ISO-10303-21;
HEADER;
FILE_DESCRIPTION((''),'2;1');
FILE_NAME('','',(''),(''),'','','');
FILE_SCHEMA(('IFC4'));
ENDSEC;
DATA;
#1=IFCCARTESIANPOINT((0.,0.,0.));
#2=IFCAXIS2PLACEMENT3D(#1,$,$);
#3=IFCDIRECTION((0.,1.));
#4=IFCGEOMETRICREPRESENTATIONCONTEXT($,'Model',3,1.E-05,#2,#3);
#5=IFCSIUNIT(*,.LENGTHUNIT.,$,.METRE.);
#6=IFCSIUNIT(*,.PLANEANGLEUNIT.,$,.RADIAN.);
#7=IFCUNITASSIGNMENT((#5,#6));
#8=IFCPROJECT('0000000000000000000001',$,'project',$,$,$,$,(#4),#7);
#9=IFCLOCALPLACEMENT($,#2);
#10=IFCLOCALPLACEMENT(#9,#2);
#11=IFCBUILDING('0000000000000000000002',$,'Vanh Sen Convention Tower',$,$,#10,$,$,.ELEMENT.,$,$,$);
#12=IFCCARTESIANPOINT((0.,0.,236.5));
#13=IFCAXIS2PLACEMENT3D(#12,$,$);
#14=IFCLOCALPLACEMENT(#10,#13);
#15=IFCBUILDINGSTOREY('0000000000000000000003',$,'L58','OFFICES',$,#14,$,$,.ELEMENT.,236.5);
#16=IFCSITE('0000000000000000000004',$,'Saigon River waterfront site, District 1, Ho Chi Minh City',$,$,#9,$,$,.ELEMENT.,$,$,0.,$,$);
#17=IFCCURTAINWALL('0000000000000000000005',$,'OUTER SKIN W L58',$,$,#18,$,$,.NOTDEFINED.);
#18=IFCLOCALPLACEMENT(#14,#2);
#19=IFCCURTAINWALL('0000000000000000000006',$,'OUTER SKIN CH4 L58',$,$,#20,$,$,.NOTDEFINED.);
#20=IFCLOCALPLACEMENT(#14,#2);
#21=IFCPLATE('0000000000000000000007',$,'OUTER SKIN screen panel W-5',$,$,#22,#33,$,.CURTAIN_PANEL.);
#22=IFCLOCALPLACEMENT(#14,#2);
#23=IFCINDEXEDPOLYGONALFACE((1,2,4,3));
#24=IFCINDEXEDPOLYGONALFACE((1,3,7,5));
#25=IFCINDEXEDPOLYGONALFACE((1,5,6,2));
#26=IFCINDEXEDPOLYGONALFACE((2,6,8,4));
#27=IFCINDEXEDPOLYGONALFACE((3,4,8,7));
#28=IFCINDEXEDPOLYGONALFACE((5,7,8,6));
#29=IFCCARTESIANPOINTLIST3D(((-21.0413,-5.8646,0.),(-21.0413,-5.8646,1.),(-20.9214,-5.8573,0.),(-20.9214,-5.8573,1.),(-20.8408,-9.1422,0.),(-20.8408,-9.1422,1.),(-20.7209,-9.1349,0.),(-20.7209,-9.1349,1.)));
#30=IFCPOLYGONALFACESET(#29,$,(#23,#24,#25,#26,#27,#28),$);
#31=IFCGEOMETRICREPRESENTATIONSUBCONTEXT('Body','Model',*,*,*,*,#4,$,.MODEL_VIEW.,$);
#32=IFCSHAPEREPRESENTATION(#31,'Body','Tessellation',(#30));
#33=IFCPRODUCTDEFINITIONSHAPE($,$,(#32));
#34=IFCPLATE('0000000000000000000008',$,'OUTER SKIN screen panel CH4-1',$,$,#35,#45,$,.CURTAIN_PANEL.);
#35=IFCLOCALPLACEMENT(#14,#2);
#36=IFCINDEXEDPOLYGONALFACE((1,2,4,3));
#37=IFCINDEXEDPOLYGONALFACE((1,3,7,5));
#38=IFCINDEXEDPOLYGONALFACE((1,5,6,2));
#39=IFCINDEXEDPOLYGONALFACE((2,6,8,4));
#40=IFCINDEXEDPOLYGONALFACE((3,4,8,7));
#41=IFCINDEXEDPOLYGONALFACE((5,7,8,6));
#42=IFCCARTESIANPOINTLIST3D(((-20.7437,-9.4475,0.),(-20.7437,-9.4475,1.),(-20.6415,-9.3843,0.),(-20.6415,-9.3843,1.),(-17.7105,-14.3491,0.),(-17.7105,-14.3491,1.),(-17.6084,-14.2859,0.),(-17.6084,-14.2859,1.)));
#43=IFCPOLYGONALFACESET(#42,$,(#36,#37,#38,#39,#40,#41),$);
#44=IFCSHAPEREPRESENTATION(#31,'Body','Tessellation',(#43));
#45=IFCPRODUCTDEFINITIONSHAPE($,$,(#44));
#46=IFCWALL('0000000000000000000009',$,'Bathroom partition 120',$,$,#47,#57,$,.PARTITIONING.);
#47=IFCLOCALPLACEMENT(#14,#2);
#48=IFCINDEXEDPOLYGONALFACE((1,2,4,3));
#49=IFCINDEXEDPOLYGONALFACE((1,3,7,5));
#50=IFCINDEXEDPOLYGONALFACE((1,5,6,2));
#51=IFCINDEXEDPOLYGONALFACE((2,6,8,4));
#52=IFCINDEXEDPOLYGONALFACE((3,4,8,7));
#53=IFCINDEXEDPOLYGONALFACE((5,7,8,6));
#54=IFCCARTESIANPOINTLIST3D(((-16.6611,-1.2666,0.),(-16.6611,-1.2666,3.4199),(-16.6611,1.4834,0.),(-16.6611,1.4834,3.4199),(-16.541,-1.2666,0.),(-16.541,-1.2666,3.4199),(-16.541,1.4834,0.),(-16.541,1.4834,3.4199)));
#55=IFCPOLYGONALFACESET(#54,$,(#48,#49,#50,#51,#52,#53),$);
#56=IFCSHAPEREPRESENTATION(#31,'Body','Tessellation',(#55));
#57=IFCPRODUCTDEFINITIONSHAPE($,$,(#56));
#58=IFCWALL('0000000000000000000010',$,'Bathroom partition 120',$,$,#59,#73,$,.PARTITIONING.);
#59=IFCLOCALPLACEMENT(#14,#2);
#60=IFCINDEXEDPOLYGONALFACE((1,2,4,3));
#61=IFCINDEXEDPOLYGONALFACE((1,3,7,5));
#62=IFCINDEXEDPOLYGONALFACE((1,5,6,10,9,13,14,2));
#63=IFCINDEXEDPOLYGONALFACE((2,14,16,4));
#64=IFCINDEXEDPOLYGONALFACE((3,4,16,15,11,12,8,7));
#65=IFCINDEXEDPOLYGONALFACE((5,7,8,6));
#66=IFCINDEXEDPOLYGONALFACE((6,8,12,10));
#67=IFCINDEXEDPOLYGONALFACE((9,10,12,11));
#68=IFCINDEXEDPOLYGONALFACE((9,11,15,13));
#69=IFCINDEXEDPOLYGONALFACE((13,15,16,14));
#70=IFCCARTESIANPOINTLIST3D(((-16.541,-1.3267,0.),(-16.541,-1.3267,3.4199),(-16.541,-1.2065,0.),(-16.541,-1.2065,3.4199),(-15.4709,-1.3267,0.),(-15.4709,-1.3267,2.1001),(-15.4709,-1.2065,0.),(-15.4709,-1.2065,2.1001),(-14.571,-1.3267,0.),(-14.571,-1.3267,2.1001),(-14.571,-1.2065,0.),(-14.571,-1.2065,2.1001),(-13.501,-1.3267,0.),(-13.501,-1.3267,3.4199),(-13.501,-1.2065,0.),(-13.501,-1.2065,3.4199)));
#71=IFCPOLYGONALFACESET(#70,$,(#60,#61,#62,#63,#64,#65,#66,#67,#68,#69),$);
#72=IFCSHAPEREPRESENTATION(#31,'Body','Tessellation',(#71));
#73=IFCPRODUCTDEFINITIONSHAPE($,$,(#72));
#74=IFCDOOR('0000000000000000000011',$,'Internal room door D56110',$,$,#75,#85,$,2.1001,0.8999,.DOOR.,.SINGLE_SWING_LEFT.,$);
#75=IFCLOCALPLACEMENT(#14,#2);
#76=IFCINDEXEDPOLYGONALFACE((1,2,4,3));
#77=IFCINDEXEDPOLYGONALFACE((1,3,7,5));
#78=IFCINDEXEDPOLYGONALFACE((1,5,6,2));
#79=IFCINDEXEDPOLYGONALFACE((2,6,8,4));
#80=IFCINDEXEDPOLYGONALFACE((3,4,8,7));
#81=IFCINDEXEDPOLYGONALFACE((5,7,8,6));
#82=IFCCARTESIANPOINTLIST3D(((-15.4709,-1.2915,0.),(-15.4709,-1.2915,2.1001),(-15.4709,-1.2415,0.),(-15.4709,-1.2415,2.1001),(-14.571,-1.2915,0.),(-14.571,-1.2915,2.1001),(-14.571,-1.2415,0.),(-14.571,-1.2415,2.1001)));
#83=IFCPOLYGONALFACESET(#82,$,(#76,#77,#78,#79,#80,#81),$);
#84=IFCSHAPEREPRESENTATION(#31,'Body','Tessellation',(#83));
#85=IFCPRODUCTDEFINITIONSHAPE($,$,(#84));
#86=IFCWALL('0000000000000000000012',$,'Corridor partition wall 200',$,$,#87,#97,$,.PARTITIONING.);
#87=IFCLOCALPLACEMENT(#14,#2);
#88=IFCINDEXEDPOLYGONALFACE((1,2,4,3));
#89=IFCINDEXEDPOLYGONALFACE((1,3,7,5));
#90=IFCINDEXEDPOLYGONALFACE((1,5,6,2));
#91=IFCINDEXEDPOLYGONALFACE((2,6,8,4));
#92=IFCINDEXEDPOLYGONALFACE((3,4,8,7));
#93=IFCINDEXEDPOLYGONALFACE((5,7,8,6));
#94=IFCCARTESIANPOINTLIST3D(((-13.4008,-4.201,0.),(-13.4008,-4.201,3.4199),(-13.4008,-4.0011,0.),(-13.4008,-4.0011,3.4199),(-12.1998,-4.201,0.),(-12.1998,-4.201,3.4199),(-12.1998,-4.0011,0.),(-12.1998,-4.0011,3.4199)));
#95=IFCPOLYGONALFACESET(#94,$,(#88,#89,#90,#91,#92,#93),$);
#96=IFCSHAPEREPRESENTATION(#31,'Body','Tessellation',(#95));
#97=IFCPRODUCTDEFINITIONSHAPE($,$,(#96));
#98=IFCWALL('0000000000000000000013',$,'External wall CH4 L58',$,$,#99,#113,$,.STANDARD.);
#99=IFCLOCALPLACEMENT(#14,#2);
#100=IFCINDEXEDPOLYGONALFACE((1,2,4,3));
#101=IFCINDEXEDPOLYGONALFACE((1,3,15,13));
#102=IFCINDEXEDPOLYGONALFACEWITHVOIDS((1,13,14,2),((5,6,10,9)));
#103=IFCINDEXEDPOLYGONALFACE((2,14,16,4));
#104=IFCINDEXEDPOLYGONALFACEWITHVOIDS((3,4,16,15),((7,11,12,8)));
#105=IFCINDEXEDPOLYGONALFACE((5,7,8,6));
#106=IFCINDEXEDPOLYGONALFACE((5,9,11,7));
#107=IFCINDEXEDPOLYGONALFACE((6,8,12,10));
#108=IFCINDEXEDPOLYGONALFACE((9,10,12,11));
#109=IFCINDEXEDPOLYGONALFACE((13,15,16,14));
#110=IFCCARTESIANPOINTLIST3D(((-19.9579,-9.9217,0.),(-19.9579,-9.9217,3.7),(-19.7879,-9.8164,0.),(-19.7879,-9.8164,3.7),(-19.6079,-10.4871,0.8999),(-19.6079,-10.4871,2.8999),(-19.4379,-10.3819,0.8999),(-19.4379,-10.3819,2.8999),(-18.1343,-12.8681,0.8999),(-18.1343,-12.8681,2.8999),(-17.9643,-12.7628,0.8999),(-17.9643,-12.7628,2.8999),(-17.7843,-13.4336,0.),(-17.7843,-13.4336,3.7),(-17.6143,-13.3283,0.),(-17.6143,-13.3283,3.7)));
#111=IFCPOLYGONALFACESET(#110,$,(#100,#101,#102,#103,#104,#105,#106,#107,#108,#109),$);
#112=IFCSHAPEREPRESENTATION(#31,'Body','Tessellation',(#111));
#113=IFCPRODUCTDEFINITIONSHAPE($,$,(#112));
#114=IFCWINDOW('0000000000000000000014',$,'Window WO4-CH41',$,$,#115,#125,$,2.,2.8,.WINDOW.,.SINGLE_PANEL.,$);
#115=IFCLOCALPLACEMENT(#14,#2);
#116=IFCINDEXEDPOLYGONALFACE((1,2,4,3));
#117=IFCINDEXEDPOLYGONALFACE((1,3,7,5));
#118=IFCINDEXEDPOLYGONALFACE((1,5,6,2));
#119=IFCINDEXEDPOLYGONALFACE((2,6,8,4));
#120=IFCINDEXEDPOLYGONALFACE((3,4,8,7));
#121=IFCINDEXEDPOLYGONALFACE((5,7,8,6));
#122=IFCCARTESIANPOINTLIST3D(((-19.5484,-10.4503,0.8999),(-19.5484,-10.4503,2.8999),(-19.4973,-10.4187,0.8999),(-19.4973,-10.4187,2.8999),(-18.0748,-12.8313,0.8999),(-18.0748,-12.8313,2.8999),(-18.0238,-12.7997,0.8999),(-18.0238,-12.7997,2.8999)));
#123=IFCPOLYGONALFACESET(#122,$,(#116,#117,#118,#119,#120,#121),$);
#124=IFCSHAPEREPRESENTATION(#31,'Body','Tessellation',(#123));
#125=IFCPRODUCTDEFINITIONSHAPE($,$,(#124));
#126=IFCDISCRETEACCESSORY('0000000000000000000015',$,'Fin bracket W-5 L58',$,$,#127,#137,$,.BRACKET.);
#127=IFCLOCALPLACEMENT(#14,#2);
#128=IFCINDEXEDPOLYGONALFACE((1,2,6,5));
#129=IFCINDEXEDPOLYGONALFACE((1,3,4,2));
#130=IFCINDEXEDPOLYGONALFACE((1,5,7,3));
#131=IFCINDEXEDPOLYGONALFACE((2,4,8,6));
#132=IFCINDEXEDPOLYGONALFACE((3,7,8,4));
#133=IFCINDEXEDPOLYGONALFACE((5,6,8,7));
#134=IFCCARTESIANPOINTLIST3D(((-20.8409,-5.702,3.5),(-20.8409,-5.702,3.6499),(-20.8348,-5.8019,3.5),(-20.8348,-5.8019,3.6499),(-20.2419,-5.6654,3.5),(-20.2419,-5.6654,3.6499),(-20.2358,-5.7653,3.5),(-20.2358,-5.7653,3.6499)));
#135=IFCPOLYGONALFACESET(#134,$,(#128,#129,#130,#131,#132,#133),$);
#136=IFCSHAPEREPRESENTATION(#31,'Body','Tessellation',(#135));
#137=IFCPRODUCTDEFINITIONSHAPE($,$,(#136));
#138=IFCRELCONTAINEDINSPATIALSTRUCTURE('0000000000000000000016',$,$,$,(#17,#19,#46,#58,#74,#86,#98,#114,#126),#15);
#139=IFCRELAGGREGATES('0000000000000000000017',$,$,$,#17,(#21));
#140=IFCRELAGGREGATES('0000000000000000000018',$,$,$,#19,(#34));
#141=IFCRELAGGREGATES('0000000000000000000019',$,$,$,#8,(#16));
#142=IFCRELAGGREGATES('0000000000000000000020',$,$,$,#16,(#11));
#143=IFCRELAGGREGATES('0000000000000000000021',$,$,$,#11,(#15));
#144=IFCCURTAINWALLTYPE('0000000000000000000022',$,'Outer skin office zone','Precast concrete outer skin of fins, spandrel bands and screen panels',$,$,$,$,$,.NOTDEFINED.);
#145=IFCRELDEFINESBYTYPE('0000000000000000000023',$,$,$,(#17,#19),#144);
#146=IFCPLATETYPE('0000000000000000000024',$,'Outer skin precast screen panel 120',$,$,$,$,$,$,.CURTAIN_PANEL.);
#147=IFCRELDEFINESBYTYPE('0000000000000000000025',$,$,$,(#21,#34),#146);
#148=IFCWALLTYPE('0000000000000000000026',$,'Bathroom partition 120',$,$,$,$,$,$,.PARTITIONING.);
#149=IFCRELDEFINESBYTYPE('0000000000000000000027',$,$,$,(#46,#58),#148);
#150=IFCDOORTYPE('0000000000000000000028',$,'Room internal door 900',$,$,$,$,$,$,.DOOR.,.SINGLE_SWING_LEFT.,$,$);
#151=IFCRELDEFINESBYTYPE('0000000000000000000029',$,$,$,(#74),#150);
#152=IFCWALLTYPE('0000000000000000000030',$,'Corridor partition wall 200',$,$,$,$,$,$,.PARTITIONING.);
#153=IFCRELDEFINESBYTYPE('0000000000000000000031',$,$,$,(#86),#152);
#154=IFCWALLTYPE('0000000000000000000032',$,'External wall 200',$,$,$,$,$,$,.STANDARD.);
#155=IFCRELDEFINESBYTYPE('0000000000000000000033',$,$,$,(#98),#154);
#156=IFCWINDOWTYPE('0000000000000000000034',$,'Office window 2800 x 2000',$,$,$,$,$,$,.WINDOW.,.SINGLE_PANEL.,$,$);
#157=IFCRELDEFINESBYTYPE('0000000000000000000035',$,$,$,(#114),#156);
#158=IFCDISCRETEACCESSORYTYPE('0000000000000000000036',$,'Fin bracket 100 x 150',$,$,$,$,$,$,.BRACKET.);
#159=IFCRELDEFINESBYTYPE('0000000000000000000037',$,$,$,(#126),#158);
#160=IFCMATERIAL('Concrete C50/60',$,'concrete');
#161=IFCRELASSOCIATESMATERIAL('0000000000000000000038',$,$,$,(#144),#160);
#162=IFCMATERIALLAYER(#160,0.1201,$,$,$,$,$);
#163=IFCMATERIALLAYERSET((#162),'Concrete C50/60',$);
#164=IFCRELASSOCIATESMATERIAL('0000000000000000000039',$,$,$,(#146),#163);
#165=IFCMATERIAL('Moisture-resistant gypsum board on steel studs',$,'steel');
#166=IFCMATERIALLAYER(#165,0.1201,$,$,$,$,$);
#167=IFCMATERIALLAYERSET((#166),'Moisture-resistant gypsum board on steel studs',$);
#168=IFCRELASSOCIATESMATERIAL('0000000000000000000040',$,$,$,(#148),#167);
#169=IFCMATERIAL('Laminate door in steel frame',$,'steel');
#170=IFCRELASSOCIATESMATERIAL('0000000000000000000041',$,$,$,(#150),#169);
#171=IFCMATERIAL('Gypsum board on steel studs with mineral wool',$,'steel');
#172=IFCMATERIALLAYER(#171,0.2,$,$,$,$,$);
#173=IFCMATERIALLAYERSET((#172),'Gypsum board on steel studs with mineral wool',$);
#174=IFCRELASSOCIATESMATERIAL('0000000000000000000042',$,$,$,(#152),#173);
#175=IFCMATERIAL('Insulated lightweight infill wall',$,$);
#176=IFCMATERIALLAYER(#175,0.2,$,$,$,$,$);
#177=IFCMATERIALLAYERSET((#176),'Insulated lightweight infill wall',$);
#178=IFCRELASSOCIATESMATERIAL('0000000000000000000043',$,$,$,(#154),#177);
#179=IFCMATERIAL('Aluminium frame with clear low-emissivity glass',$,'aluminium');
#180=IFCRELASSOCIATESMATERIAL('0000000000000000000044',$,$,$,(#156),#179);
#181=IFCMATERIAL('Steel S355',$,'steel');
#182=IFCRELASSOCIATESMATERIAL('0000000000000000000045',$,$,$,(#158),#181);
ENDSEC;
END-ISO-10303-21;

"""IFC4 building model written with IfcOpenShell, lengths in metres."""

from ifc_helpers import new_model, si_unit, direction, frame, frame_2d, origin, origin_2d, place, context, subcontext, project, spatial, rectangle, extrude, material, layer, layer_set, type_object, element, fill, aggregate, save


model = new_model("IFC4")

# Units and contexts
model_context = context("Model", 3, precision=1e-05, world=origin(), true_north=direction((0.0, 1.0)))
body_context = subcontext(model_context, "Body", "Model", "MODEL_VIEW")
ifc_project = project(units=[si_unit("LENGTHUNIT", "METRE"), si_unit("PLANEANGLEUNIT", "RADIAN")], contexts=[model_context])

# Site, building, storey
site_placement = place(None, origin())
site = spatial("IfcSite", under=ifc_project, at=site_placement, Name="Saigon River waterfront site, District 1, Ho Chi Minh City", CompositionType="ELEMENT", RefElevation=0.0)
building_placement = place(site_placement, origin())
building = spatial("IfcBuilding", under=site, at=building_placement, Name="Vanh Sen Convention Tower", CompositionType="ELEMENT")
storey_placement = place(building_placement, frame((0.0, 0.0, 236.5)))
storey = spatial("IfcBuildingStorey", under=building, at=storey_placement, Name="L58", Description="OFFICES", CompositionType="ELEMENT", Elevation=236.5)

# Curtain wall
ifc_material_1 = material(Name="Concrete C50/60", Category="concrete")
curtain_wall_type = type_object("IfcCurtainWallType", Name="Outer skin office zone", Description="Precast concrete outer skin of fins, spandrel bands and screen panels", PredefinedType="NOTDEFINED", material=ifc_material_1)
curtain_wall_1_placement = place(storey_placement, origin())
curtain_wall_1 = element("IfcCurtainWall", 1, at=curtain_wall_1_placement, inside=storey, type_object=curtain_wall_type, Name="OUTER SKIN W L58", PredefinedType="NOTDEFINED")

# Curtain wall
curtain_wall_2_placement = place(storey_placement, origin())
curtain_wall_2 = element("IfcCurtainWall", 2, at=curtain_wall_2_placement, inside=storey, type_object=curtain_wall_type, Name="OUTER SKIN CH4 L58", PredefinedType="NOTDEFINED")

# Plates
ifc_layer_1 = layer(ifc_material_1, 0.1201)
ifc_layer_set_1 = layer_set([ifc_layer_1], Name="Concrete C50/60")
plate_type = type_object("IfcPlateType", Name="Outer skin precast screen panel 120", PredefinedType="CURTAIN_PANEL", material=ifc_layer_set_1)
plate_1_placement = place(storey_placement, frame((-20.8811, -7.4998, 0.0), z_axis=(0.0, 0.0, 1.0), x_axis=(0.061069, -0.998134, 0.0)))
plate_1 = element("IfcPlate", 3, at=plate_1_placement, type_object=plate_type, Name="OUTER SKIN screen panel W-5", PredefinedType="CURTAIN_PANEL", context=body_context, shape_type="SweptSolid", body=[
    extrude(rectangle(XDim=3.2837, YDim=0.1201, at=origin_2d()), origin(), (0.0, 0.0, 1.0), 1.0),
])
aggregate(curtain_wall_1, [plate_1])
plate_2_placement = place(storey_placement, frame((-19.176, -11.8667, 0.0), z_axis=(0.0, 0.0, 1.0), x_axis=(0.526215, -0.850351, 0.0)))
plate_2 = element("IfcPlate", 4, at=plate_2_placement, type_object=plate_type, Name="OUTER SKIN screen panel CH4-1", PredefinedType="CURTAIN_PANEL", context=body_context, shape_type="SweptSolid", body=[
    extrude(rectangle(XDim=5.7642, YDim=0.1201, at=origin_2d()), origin(), (0.0, 0.0, 1.0), 1.0),
])
aggregate(curtain_wall_2, [plate_2])

# Wall
ifc_material_2 = material(Name="Moisture-resistant gypsum board on steel studs", Category="steel")
ifc_layer_2 = layer(ifc_material_2, 0.1201)
ifc_layer_set_2 = layer_set([ifc_layer_2], Name="Moisture-resistant gypsum board on steel studs")
wall_type_1 = type_object("IfcWallType", Name="Bathroom partition 120", PredefinedType="PARTITIONING", material=ifc_layer_set_2)
wall_1_placement = place(storey_placement, frame((-16.6011, -1.2666, 0.0), z_axis=(0.0, 0.0, 1.0), x_axis=(0.0, 1.0, 0.0)))
element("IfcWall", 5, at=wall_1_placement, inside=storey, type_object=wall_type_1, Name="Bathroom partition 120", PredefinedType="PARTITIONING", context=body_context, shape_type="SweptSolid", body=[
    extrude(rectangle(XDim=2.75, YDim=0.1201, at=frame_2d((1.375, 0.0))), origin(), (0.0, 0.0, 1.0), 3.4199),
])

# Wall, opening, door
wall_2_placement = place(storey_placement, frame((-13.501, -1.2666, 0.0), z_axis=(0.0, 0.0, 1.0), x_axis=(-1.0, 0.0, 0.0)))
wall_2 = element("IfcWall", 6, at=wall_2_placement, inside=storey, type_object=wall_type_1, Name="Bathroom partition 120", PredefinedType="PARTITIONING", context=body_context, shape_type="SweptSolid", body=[
    extrude(rectangle(XDim=3.04, YDim=0.1201, at=frame_2d((1.52, 0.0))), origin(), (0.0, 0.0, 1.0), 3.4199),
])
opening_1_placement = place(wall_2_placement, frame((1.0701, 0.0, 0.0)))
opening_1 = element("IfcOpeningElement", 7, at=opening_1_placement, cuts=wall_2, PredefinedType="OPENING", context=body_context, shape_type="SweptSolid", body=[
    extrude(rectangle(XDim=0.8999, YDim=2.1001, at=frame_2d((0.45, 1.05))), frame((0.0, 0.0701, 0.0), z_axis=(0.0, -1.0, 0.0), x_axis=(1.0, 0.0, 0.0)), (0.0, 0.0, 1.0), 0.1401),
])
ifc_material_3 = material(Name="Laminate door in steel frame", Category="steel")
door_type = type_object("IfcDoorType", Name="Room internal door 900", OperationType="SINGLE_SWING_LEFT", PredefinedType="DOOR", material=ifc_material_3)
door_placement = place(opening_1_placement, origin())
door = element("IfcDoor", 8, at=door_placement, inside=storey, type_object=door_type, Name="Internal room door D56110", OperationType="SINGLE_SWING_LEFT", OverallHeight=2.1001, OverallWidth=0.8999, PredefinedType="DOOR", context=body_context, shape_type="SweptSolid", body=[
    extrude(rectangle(XDim=0.8999, YDim=2.1001, at=frame_2d((0.45, 1.05))), frame((0.0, 0.0249, 0.0), z_axis=(0.0, -1.0, 0.0), x_axis=(1.0, 0.0, 0.0)), (0.0, 0.0, 1.0), 0.05),
])
fill(opening_1, door)

# Wall
ifc_material_4 = material(Name="Gypsum board on steel studs with mineral wool", Category="steel")
ifc_layer_3 = layer(ifc_material_4, 0.2)
ifc_layer_set_3 = layer_set([ifc_layer_3], Name="Gypsum board on steel studs with mineral wool")
wall_type_2 = type_object("IfcWallType", Name="Corridor partition wall 200", PredefinedType="PARTITIONING", material=ifc_layer_set_3)
wall_3_placement = place(storey_placement, frame((-13.4009, -4.1011, 0.0), z_axis=(0.0, 0.0, 1.0), x_axis=(1.0, 0.0, 0.0)))
element("IfcWall", 9, at=wall_3_placement, inside=storey, type_object=wall_type_2, Name="Corridor partition wall 200", PredefinedType="PARTITIONING", context=body_context, shape_type="SweptSolid", body=[
    extrude(rectangle(XDim=1.2009, YDim=0.2, at=frame_2d((0.6006, 0.0))), origin(), (0.0, 0.0, 1.0), 3.4199),
])

# Wall, opening, window
ifc_material_5 = material(Name="Insulated lightweight infill wall")
ifc_layer_4 = layer(ifc_material_5, 0.2)
ifc_layer_set_4 = layer_set([ifc_layer_4], Name="Insulated lightweight infill wall")
wall_type_3 = type_object("IfcWallType", Name="External wall 200", PredefinedType="STANDARD", material=ifc_layer_set_4)
wall_4_placement = place(storey_placement, frame((-19.8728, -9.8691, 0.0), z_axis=(0.0, 0.0, 1.0), x_axis=(0.526269, -0.850318, 0.0)))
wall_4 = element("IfcWall", 10, at=wall_4_placement, inside=storey, type_object=wall_type_3, Name="External wall CH4 L58", PredefinedType="STANDARD", context=body_context, shape_type="SweptSolid", body=[
    extrude(rectangle(XDim=4.1301, YDim=0.2, at=frame_2d((2.0649, 0.0))), origin(), (0.0, 0.0, 1.0), 3.7),
])
opening_2_placement = place(wall_4_placement, frame((0.665, 0.0, 0.8999)))
opening_2 = element("IfcOpeningElement", 11, at=opening_2_placement, cuts=wall_4, PredefinedType="OPENING", context=body_context, shape_type="SweptSolid", body=[
    extrude(rectangle(XDim=2.8, YDim=2.0, at=frame_2d((1.3999, 1.0))), frame((0.0, 0.1099, 0.0), z_axis=(0.0, -1.0, 0.0), x_axis=(1.0, 0.0, 0.0)), (0.0, 0.0, 1.0), 0.22),
])
ifc_material_6 = material(Name="Aluminium frame with clear low-emissivity glass", Category="aluminium")
window_type = type_object("IfcWindowType", Name="Office window 2800 x 2000", PartitioningType="SINGLE_PANEL", PredefinedType="WINDOW", material=ifc_material_6)
window_placement = place(opening_2_placement, origin())
window = element("IfcWindow", 12, at=window_placement, inside=storey, type_object=window_type, Name="Window WO4-CH41", OverallHeight=2.0, OverallWidth=2.8, PartitioningType="SINGLE_PANEL", PredefinedType="WINDOW", context=body_context, shape_type="SweptSolid", body=[
    extrude(rectangle(XDim=2.8, YDim=2.0, at=frame_2d((1.3999, 1.0))), frame((0.0, 0.03, 0.0), z_axis=(0.0, -1.0, 0.0), x_axis=(1.0, 0.0, 0.0)), (0.0, 0.0, 1.0), 0.0601),
])
fill(opening_2, window)

# Discrete accessory
ifc_material_7 = material(Name="Steel S355", Category="steel")
discrete_accessory_type = type_object("IfcDiscreteAccessoryType", Name="Fin bracket 100 x 150", PredefinedType="BRACKET", material=ifc_material_7)
discrete_accessory_placement = place(storey_placement, frame((-20.5383, -5.7336, 3.5), z_axis=(0.0, 0.0, 1.0), x_axis=(-0.998135, -0.061049, 0.0)))
element("IfcDiscreteAccessory", 13, at=discrete_accessory_placement, inside=storey, type_object=discrete_accessory_type, Name="Fin bracket W-5 L58", PredefinedType="BRACKET", context=body_context, shape_type="SweptSolid", body=[
    extrude(rectangle(XDim=0.6001, YDim=0.1001, at=origin_2d()), origin(), (0.0, 0.0, 1.0), 0.1499),
])

save(model, "model.ifc")
